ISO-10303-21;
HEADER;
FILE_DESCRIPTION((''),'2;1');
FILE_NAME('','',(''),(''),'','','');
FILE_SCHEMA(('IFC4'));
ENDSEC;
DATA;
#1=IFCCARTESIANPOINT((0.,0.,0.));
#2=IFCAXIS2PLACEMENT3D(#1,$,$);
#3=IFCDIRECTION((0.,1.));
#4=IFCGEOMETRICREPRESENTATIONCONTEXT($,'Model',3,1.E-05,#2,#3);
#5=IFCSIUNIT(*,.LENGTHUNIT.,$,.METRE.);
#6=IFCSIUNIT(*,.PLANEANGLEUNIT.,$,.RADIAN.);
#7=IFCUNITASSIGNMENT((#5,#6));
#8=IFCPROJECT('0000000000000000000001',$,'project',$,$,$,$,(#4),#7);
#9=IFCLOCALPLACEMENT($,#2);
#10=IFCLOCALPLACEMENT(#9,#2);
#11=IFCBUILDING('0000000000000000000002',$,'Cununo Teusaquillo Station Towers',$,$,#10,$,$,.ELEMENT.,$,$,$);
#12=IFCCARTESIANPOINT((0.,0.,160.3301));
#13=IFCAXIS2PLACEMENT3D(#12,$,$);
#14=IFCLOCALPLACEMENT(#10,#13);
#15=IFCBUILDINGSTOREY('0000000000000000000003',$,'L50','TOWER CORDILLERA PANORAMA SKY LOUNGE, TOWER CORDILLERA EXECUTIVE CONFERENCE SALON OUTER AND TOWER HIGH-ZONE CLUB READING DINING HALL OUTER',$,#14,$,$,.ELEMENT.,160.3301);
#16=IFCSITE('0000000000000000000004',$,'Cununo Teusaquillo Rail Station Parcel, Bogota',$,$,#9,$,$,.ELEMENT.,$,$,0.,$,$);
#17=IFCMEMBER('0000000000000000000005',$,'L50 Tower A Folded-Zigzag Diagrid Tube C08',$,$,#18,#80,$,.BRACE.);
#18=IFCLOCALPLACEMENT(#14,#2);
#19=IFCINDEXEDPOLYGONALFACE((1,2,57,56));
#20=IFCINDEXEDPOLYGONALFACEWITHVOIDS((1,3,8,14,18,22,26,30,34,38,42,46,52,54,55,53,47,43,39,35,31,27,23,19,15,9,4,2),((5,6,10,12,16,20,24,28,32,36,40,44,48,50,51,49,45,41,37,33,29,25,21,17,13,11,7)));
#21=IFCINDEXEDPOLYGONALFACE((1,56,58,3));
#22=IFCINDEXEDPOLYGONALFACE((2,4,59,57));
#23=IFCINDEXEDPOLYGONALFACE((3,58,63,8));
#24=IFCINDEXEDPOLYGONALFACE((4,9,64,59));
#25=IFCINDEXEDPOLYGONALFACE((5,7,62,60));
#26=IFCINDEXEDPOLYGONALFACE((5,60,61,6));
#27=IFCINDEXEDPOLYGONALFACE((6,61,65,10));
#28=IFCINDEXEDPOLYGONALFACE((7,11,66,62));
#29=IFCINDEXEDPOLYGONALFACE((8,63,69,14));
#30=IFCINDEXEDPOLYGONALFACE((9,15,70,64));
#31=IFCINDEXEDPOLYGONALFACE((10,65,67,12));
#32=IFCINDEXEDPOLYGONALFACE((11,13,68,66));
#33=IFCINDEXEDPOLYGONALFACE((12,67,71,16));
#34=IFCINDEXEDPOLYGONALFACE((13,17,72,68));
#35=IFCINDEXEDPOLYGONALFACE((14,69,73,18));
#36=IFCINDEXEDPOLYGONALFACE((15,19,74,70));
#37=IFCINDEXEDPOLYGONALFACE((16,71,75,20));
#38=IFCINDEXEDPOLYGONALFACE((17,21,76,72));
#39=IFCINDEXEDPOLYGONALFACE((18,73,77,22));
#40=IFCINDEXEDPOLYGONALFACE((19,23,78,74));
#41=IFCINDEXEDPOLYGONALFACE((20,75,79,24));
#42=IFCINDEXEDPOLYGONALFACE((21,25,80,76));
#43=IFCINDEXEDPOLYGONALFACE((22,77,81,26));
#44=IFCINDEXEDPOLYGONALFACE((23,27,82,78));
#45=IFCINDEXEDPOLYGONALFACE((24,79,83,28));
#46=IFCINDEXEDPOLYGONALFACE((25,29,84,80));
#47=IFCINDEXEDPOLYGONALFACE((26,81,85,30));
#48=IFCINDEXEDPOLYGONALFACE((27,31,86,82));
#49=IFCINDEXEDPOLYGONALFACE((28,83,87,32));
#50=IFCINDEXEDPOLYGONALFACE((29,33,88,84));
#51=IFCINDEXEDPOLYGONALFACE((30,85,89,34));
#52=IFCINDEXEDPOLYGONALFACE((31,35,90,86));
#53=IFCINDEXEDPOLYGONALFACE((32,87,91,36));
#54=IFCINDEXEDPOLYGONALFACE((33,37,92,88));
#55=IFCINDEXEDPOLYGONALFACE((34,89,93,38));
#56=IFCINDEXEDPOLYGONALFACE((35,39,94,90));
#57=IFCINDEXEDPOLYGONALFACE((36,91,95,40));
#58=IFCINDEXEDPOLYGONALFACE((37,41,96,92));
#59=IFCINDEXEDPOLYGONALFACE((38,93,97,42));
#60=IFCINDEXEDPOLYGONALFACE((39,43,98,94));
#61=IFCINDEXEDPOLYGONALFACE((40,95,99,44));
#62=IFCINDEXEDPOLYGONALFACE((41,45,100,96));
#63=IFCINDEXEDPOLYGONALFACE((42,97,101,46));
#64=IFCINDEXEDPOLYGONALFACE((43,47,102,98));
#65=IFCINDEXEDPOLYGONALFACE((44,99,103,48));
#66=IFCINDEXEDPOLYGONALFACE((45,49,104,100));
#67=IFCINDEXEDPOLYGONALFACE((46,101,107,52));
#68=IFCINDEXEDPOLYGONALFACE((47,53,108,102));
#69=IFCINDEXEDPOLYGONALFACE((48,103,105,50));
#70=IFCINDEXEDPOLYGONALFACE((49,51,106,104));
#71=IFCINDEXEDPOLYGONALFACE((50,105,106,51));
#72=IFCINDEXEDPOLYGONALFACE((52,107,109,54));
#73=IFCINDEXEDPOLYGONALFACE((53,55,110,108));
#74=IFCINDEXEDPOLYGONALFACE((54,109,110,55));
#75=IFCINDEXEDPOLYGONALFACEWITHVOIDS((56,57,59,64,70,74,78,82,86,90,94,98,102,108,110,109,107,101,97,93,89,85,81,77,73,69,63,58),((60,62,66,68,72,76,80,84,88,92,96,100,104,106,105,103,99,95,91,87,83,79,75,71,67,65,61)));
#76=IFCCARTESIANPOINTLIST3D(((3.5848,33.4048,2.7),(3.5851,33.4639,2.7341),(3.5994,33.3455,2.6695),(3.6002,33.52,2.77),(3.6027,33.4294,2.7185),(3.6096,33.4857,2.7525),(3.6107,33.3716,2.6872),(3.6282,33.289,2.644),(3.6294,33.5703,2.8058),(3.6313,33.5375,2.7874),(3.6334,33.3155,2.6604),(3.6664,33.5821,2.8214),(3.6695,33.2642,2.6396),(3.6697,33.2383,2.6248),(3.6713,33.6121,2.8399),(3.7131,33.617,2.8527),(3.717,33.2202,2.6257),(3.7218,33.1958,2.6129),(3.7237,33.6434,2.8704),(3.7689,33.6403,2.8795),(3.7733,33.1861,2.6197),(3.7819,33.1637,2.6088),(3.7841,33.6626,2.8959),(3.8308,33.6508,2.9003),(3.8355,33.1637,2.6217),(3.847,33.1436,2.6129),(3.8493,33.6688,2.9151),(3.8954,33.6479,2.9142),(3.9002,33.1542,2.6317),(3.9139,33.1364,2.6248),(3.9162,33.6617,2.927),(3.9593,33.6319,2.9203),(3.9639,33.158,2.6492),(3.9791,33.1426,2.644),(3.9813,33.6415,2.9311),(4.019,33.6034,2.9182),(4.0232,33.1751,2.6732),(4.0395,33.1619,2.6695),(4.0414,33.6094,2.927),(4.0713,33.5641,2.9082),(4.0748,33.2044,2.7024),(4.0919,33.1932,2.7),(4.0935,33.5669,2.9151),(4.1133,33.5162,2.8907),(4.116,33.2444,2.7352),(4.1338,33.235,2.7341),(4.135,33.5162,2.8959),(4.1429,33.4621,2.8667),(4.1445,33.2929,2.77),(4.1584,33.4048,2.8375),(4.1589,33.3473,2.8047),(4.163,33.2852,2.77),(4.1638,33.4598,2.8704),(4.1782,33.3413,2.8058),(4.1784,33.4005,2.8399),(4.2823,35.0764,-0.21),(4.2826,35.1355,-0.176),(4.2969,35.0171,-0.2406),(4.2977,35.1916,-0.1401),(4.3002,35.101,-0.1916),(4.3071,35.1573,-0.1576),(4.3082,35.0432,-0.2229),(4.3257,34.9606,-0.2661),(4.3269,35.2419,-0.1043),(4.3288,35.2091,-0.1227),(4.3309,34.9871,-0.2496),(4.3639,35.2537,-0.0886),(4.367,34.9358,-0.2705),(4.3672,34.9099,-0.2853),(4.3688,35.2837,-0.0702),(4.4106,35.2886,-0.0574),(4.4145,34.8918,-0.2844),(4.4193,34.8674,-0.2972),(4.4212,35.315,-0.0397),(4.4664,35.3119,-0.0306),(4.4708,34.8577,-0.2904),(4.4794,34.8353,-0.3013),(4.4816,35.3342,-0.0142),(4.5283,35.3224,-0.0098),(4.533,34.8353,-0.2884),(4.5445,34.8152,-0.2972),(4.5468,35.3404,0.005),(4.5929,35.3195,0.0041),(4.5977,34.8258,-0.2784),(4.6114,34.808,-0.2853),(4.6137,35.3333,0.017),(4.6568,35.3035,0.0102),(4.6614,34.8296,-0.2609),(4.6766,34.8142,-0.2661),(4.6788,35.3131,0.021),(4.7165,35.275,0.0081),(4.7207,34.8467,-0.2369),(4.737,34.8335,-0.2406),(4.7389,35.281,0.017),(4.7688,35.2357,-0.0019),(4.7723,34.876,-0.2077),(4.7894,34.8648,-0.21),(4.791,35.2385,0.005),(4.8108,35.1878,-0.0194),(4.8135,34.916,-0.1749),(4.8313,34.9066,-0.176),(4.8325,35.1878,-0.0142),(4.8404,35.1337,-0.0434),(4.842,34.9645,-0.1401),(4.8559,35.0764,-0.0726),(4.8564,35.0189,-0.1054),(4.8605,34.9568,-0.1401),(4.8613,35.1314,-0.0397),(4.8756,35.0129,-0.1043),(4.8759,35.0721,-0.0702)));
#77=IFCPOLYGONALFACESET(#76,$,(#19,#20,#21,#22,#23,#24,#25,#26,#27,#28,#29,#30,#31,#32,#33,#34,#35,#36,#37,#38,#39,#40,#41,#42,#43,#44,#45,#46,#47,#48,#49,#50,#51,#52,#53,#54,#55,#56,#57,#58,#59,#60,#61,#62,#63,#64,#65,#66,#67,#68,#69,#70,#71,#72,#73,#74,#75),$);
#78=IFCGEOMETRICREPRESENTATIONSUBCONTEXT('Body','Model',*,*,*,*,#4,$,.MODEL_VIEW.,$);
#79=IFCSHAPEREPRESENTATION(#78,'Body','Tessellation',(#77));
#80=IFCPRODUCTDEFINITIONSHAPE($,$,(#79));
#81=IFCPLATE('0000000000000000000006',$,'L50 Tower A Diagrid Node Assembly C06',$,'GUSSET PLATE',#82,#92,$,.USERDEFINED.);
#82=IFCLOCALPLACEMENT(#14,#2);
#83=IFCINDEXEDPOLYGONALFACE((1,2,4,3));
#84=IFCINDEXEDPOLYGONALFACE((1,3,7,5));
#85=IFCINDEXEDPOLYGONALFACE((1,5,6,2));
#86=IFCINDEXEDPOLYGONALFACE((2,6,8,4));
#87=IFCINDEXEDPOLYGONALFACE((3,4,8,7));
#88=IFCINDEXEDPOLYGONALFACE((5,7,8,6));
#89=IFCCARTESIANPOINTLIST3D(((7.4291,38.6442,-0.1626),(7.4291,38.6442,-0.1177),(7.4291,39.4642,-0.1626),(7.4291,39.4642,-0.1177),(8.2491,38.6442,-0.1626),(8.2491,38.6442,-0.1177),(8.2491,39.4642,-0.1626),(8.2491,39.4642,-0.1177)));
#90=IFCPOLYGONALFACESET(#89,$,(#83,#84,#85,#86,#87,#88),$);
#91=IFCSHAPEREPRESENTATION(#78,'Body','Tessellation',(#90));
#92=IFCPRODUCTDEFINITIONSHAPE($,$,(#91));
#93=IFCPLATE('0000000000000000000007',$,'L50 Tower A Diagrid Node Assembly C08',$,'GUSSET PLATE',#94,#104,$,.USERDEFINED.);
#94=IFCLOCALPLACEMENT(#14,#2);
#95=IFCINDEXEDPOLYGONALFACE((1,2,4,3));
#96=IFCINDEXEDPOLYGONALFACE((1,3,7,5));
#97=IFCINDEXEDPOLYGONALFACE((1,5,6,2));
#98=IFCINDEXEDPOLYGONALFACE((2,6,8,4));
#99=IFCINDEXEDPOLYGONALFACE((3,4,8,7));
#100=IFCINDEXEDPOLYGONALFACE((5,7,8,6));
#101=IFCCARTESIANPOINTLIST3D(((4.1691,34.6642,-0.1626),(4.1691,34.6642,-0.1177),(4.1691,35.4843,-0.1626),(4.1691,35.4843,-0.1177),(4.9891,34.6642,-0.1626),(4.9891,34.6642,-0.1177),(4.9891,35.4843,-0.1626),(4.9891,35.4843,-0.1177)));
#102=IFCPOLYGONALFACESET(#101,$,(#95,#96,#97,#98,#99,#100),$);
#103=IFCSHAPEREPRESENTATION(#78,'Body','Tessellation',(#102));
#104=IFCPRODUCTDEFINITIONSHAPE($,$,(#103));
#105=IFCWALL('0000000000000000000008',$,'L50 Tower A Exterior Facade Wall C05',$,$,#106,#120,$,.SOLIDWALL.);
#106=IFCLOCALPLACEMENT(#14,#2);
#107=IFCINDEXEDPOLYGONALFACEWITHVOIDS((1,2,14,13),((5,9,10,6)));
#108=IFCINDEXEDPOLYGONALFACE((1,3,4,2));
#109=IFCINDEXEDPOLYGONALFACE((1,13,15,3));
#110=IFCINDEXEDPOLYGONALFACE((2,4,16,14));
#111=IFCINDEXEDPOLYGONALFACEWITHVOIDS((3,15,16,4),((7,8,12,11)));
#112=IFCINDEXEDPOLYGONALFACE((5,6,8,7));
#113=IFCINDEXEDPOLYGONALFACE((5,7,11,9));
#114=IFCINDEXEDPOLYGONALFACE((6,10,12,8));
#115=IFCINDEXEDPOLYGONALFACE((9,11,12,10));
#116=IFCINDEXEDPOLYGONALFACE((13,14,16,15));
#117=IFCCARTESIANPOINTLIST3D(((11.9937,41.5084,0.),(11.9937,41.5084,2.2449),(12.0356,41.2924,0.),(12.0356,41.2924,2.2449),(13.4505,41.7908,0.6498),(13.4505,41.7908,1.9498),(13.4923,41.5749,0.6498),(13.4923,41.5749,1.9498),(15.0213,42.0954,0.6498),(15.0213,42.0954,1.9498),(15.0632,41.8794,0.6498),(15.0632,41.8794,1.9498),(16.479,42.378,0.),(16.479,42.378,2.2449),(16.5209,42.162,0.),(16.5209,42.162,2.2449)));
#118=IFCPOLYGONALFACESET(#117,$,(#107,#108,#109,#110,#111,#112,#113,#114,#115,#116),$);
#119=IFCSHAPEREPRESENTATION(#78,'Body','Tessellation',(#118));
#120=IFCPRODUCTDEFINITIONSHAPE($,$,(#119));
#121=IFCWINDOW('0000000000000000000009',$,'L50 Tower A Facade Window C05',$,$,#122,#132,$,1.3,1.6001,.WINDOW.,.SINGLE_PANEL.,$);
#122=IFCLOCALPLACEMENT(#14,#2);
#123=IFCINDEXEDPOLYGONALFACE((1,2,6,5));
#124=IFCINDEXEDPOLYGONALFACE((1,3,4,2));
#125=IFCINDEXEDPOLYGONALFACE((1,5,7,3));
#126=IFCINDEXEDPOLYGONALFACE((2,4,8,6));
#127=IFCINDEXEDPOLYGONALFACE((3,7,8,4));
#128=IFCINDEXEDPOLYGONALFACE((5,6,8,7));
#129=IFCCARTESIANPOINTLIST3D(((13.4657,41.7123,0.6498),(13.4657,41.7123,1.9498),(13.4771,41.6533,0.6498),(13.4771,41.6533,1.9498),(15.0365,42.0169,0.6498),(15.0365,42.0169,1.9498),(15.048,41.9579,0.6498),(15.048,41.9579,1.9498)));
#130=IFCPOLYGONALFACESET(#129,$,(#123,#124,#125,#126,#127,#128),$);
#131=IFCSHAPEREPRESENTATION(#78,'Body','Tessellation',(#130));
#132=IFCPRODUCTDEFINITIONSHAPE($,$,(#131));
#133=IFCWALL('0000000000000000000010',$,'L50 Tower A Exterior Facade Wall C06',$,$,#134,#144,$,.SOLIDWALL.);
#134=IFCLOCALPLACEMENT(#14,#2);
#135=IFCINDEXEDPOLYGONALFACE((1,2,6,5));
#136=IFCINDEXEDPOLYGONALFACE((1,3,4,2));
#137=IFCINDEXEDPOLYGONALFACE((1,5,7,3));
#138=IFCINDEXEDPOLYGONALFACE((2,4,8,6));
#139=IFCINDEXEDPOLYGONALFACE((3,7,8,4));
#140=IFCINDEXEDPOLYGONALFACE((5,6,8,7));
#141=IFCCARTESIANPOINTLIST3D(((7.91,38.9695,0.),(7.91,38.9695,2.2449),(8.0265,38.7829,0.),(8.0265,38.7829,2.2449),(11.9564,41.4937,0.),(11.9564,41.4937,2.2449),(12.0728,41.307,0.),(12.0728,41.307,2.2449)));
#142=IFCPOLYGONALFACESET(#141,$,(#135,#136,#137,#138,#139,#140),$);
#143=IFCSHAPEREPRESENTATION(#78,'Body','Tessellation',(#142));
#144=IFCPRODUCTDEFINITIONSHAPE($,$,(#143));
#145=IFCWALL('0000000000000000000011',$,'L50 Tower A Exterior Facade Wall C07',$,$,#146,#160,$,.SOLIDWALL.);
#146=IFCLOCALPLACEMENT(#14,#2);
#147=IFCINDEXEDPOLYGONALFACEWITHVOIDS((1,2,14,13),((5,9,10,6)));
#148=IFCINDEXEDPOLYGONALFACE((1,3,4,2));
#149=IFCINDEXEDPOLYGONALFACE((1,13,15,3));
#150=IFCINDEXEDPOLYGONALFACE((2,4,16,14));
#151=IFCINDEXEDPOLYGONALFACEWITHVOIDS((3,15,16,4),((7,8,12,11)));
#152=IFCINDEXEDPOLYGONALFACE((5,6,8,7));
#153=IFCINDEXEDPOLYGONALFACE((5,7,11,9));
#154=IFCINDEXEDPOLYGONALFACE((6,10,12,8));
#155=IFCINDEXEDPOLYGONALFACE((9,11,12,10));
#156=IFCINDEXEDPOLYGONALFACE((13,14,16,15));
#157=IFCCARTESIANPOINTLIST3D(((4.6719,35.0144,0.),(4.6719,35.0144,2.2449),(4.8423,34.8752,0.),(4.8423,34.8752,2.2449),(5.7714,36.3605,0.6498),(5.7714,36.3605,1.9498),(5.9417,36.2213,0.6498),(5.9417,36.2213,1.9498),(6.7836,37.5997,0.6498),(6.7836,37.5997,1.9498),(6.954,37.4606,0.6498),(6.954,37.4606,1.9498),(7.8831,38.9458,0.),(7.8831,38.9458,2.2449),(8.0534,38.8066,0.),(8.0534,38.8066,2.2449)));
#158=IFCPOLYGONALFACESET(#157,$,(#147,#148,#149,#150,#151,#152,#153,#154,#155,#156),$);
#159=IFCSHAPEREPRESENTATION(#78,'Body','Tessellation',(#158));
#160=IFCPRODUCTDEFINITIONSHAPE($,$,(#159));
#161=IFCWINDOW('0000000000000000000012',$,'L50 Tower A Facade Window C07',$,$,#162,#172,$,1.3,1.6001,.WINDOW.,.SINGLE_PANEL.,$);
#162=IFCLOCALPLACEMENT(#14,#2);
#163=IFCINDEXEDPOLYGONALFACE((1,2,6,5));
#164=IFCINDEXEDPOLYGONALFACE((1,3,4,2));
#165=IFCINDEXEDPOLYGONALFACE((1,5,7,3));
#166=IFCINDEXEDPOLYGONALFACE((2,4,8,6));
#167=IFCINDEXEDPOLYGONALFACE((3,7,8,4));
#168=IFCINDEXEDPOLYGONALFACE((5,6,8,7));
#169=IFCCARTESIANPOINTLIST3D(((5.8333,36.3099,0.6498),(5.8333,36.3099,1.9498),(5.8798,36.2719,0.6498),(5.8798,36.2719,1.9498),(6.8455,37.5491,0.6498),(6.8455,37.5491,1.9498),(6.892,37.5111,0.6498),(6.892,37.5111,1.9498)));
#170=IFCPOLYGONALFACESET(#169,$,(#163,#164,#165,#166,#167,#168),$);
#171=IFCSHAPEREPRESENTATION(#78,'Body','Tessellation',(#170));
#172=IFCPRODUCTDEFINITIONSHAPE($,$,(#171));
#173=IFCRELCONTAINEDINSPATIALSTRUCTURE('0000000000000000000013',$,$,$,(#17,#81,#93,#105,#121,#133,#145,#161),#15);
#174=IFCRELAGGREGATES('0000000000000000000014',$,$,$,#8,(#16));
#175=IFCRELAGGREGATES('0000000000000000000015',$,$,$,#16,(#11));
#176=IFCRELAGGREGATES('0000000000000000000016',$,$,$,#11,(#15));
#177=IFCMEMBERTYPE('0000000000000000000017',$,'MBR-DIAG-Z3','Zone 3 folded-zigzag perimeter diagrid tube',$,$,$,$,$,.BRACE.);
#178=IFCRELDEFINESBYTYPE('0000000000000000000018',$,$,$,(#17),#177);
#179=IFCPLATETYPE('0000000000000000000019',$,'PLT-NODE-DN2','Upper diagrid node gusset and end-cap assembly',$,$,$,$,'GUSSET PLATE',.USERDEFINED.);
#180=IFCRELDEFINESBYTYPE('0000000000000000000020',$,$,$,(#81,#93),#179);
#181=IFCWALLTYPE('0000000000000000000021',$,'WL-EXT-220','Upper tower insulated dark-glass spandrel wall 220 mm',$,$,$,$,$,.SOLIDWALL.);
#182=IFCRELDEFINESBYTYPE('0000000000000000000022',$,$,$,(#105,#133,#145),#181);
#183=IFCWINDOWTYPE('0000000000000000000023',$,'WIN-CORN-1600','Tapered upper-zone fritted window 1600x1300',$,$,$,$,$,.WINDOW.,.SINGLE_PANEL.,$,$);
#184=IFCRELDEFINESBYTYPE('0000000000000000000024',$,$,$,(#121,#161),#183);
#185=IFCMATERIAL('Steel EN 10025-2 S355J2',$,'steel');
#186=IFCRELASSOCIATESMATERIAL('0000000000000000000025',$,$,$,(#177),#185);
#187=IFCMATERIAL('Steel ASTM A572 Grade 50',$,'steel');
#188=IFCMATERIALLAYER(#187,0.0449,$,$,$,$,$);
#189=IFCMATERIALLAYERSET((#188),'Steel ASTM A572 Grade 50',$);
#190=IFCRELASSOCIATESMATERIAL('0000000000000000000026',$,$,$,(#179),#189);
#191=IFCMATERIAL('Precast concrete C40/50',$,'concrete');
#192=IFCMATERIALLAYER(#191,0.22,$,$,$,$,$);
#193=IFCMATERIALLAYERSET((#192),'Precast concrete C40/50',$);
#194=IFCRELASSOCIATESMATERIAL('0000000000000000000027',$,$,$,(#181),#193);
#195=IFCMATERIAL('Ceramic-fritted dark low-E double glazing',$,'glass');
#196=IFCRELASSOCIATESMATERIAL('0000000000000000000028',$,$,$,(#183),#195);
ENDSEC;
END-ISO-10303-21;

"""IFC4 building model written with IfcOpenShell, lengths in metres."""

from ifc_helpers import new_model, si_unit, direction, frame, frame_2d, origin, origin_2d, place, context, subcontext, project, spatial, rectangle, hollow_circle, extrude, source, transform, mapped, material, layer, layer_set, material_profile, profile_set, type_object, element, fill, save


model = new_model("IFC4")

# Units and contexts
model_context = context("Model", 3, precision=1e-05, world=origin(), true_north=direction((0.0, 1.0)))
body_context = subcontext(model_context, "Body", "Model", "MODEL_VIEW")
ifc_project = project(units=[si_unit("LENGTHUNIT", "METRE"), si_unit("PLANEANGLEUNIT", "RADIAN")], contexts=[model_context])

# Site, building, storey
site_placement = place(None, origin())
site = spatial("IfcSite", under=ifc_project, at=site_placement, Name="Cununo Teusaquillo Rail Station Parcel, Bogota", CompositionType="ELEMENT", RefElevation=0.0)
building_placement = place(site_placement, origin())
building = spatial("IfcBuilding", under=site, at=building_placement, Name="Cununo Teusaquillo Station Towers", CompositionType="ELEMENT")
storey_placement = place(building_placement, frame((0.0, 0.0, 160.3301)))
storey = spatial("IfcBuildingStorey", under=building, at=storey_placement, Name="L50", Description="TOWER CORDILLERA PANORAMA SKY LOUNGE, TOWER CORDILLERA EXECUTIVE CONFERENCE SALON OUTER AND TOWER HIGH-ZONE CLUB READING DINING HALL OUTER", CompositionType="ELEMENT", Elevation=160.3301)

# Member
ifc_material_1 = material(Name="Steel EN 10025-2 S355J2", Category="steel")
ifc_material_profile_1 = material_profile(ifc_material_1, hollow_circle(Radius=0.3049, WallThickness=0.02, at=origin_2d()), Name="CHS 610x20")
ifc_profile_set_1 = profile_set([ifc_material_profile_1], Name="Steel EN 10025-2 S355J2")
member_type = type_object("IfcMemberType", Name="MBR-DIAG-Z3", Description="Zone 3 folded-zigzag perimeter diagrid tube", PredefinedType="BRACE", material=ifc_profile_set_1)
member_1_placement = place(storey_placement, frame((4.5791, 35.0742, -0.1401), z_axis=(-0.203486, -0.487667, 0.848984), x_axis=(0.922881, -0.385084, 0.0)))
element("IfcMember", 1, at=member_1_placement, inside=storey, type_object=member_type, Name="L50 Tower A Folded-Zigzag Diagrid Tube C08", PredefinedType="BRACE", context=body_context, shape_type="SweptSolid", body=[
    extrude(hollow_circle(Radius=0.3049, WallThickness=0.02, at=origin_2d()), origin(), (0.0, 0.0, 1.0), 3.4277),
])

# Plates
ifc_material_2 = material(Name="Steel ASTM A572 Grade 50", Category="steel")
ifc_layer_1 = layer(ifc_material_2, 0.0449)
ifc_layer_set_1 = layer_set([ifc_layer_1], Name="Steel ASTM A572 Grade 50")
plate_type = type_object("IfcPlateType", Name="PLT-NODE-DN2", Description="Upper diagrid node gusset and end-cap assembly", ElementType="GUSSET PLATE", PredefinedType="USERDEFINED", material=ifc_layer_set_1)
shared_shape_1 = source(origin(), body_context, "Body", "SweptSolid", [
    extrude(rectangle(XDim=0.8201, YDim=0.8201, at=origin_2d()), origin(), (0.0, 0.0, 1.0), 0.0449),
])
for number, where, z_axis, x_axis, name in (
    (2, (7.8391, 39.0542, -0.1626), (0.0, 0.0, 1.0), (1.0, 0.0, 0.0), "L50 Tower A Diagrid Node Assembly C06"),
    (3, (4.5791, 35.0742, -0.1626), (0.0, 0.0, 1.0), (1.0, 0.0, 0.0), "L50 Tower A Diagrid Node Assembly C08"),
):
    element("IfcPlate", number, at=place(storey_placement, frame(where, z_axis=z_axis, x_axis=x_axis)), inside=storey, type_object=plate_type, Name=name, ObjectType="GUSSET PLATE", PredefinedType="USERDEFINED", context=body_context, shape_type="MappedRepresentation", body=[
        mapped(shared_shape_1, transform((0.0, 0.0, 0.0), x_axis=(1.0, 0.0, 0.0), y_axis=(0.0, 1.0, 0.0), z_axis=(0.0, 0.0, 1.0), scale=1.0)),
    ])

# Wall, opening, window
ifc_material_3 = material(Name="Precast concrete C40/50", Category="concrete")
ifc_layer_2 = layer(ifc_material_3, 0.22)
ifc_layer_set_2 = layer_set([ifc_layer_2], Name="Precast concrete C40/50")
wall_type_1 = type_object("IfcWallType", Name="WL-EXT-220", Description="Upper tower insulated dark-glass spandrel wall 220 mm", PredefinedType="SOLIDWALL", material=ifc_layer_set_2)
wall_1_placement = place(storey_placement, frame((12.0146, 41.4004, 0.0), z_axis=(0.0, 0.0, 1.0), x_axis=(0.981719, 0.190338, 0.0)))
wall_1 = element("IfcWall", 4, at=wall_1_placement, inside=storey, type_object=wall_type_1, Name="L50 Tower A Exterior Facade Wall C05", PredefinedType="SOLIDWALL", context=body_context, shape_type="SweptSolid", body=[
    extrude(rectangle(XDim=4.5688, YDim=0.22, at=frame_2d((2.2844, 0.0))), origin(), (0.0, 0.0, 1.0), 2.2449),
])
shared_shape_2 = source(origin(), body_context, "Body", "SweptSolid", [
    extrude(rectangle(XDim=1.6001, YDim=1.3, at=frame_2d((0.8, 0.6499))), frame((0.0, 0.1199, 0.0), z_axis=(0.0, -1.0, 0.0), x_axis=(1.0, 0.0, 0.0)), (0.0, 0.0, 1.0), 0.24),
])
opening_1_placement = place(wall_1_placement, frame((1.4839, 0.0, 0.6499)))
opening_1 = element("IfcOpeningElement", 5, at=opening_1_placement, cuts=wall_1, PredefinedType="OPENING", context=body_context, shape_type="MappedRepresentation", body=[
    mapped(shared_shape_2, transform((0.0, 0.0, 0.0), x_axis=(1.0, 0.0, 0.0), y_axis=(0.0, 1.0, 0.0), z_axis=(0.0, 0.0, 1.0), scale=1.0)),
])
ifc_material_4 = material(Name="Ceramic-fritted dark low-E double glazing", Category="glass")
window_type = type_object("IfcWindowType", Name="WIN-CORN-1600", Description="Tapered upper-zone fritted window 1600x1300", PartitioningType="SINGLE_PANEL", PredefinedType="WINDOW", material=ifc_material_4)
shared_shape_3 = source(origin(), body_context, "Body", "SweptSolid", [
    extrude(rectangle(XDim=1.6001, YDim=1.3, at=frame_2d((0.8, 0.6499))), frame((0.0, 0.03, 0.0), z_axis=(0.0, -1.0, 0.0), x_axis=(1.0, 0.0, 0.0)), (0.0, 0.0, 1.0), 0.0601),
])
window_1_placement = place(opening_1_placement, origin())
window_1 = element("IfcWindow", 6, at=window_1_placement, inside=storey, type_object=window_type, Name="L50 Tower A Facade Window C05", OverallHeight=1.3, OverallWidth=1.6001, PartitioningType="SINGLE_PANEL", PredefinedType="WINDOW", context=body_context, shape_type="MappedRepresentation", body=[
    mapped(shared_shape_3, transform((0.0, 0.0, 0.0), x_axis=(1.0, 0.0, 0.0), y_axis=(0.0, 1.0, 0.0), z_axis=(0.0, 0.0, 1.0), scale=1.0)),
])
fill(opening_1, window_1)

# Wall
wall_2_placement = place(storey_placement, frame((7.9683, 38.8762, 0.0), z_axis=(0.0, 0.0, 1.0), x_axis=(0.848452, 0.529272, 0.0)))
element("IfcWall", 7, at=wall_2_placement, inside=storey, type_object=wall_type_1, Name="L50 Tower A Exterior Facade Wall C06", PredefinedType="SOLIDWALL", context=body_context, shape_type="SweptSolid", body=[
    extrude(rectangle(XDim=4.769, YDim=0.22, at=frame_2d((2.3845, 0.0))), origin(), (0.0, 0.0, 1.0), 2.2449),
])

# Wall, opening, window
wall_3_placement = place(storey_placement, frame((4.7571, 34.9448, 0.0), z_axis=(0.0, 0.0, 1.0), x_axis=(0.632599, 0.77448, 0.0)))
wall_3 = element("IfcWall", 8, at=wall_3_placement, inside=storey, type_object=wall_type_1, Name="L50 Tower A Exterior Facade Wall C07", PredefinedType="SOLIDWALL", context=body_context, shape_type="SweptSolid", body=[
    extrude(rectangle(XDim=5.0762, YDim=0.22, at=frame_2d((2.5381, 0.0))), origin(), (0.0, 0.0, 1.0), 2.2449),
])
opening_2_placement = place(wall_3_placement, frame((1.738, 0.0, 0.6499)))
opening_2 = element("IfcOpeningElement", 9, at=opening_2_placement, cuts=wall_3, PredefinedType="OPENING", context=body_context, shape_type="MappedRepresentation", body=[
    mapped(shared_shape_2, transform((0.0, 0.0, 0.0), x_axis=(1.0, 0.0, 0.0), y_axis=(0.0, 1.0, 0.0), z_axis=(0.0, 0.0, 1.0), scale=1.0)),
])
window_2_placement = place(opening_2_placement, origin())
window_2 = element("IfcWindow", 10, at=window_2_placement, inside=storey, type_object=window_type, Name="L50 Tower A Facade Window C07", OverallHeight=1.3, OverallWidth=1.6001, PartitioningType="SINGLE_PANEL", PredefinedType="WINDOW", context=body_context, shape_type="MappedRepresentation", body=[
    mapped(shared_shape_3, transform((0.0, 0.0, 0.0), x_axis=(1.0, 0.0, 0.0), y_axis=(0.0, 1.0, 0.0), z_axis=(0.0, 0.0, 1.0), scale=1.0)),
])
fill(opening_2, window_2)

save(model, "model.ifc")
